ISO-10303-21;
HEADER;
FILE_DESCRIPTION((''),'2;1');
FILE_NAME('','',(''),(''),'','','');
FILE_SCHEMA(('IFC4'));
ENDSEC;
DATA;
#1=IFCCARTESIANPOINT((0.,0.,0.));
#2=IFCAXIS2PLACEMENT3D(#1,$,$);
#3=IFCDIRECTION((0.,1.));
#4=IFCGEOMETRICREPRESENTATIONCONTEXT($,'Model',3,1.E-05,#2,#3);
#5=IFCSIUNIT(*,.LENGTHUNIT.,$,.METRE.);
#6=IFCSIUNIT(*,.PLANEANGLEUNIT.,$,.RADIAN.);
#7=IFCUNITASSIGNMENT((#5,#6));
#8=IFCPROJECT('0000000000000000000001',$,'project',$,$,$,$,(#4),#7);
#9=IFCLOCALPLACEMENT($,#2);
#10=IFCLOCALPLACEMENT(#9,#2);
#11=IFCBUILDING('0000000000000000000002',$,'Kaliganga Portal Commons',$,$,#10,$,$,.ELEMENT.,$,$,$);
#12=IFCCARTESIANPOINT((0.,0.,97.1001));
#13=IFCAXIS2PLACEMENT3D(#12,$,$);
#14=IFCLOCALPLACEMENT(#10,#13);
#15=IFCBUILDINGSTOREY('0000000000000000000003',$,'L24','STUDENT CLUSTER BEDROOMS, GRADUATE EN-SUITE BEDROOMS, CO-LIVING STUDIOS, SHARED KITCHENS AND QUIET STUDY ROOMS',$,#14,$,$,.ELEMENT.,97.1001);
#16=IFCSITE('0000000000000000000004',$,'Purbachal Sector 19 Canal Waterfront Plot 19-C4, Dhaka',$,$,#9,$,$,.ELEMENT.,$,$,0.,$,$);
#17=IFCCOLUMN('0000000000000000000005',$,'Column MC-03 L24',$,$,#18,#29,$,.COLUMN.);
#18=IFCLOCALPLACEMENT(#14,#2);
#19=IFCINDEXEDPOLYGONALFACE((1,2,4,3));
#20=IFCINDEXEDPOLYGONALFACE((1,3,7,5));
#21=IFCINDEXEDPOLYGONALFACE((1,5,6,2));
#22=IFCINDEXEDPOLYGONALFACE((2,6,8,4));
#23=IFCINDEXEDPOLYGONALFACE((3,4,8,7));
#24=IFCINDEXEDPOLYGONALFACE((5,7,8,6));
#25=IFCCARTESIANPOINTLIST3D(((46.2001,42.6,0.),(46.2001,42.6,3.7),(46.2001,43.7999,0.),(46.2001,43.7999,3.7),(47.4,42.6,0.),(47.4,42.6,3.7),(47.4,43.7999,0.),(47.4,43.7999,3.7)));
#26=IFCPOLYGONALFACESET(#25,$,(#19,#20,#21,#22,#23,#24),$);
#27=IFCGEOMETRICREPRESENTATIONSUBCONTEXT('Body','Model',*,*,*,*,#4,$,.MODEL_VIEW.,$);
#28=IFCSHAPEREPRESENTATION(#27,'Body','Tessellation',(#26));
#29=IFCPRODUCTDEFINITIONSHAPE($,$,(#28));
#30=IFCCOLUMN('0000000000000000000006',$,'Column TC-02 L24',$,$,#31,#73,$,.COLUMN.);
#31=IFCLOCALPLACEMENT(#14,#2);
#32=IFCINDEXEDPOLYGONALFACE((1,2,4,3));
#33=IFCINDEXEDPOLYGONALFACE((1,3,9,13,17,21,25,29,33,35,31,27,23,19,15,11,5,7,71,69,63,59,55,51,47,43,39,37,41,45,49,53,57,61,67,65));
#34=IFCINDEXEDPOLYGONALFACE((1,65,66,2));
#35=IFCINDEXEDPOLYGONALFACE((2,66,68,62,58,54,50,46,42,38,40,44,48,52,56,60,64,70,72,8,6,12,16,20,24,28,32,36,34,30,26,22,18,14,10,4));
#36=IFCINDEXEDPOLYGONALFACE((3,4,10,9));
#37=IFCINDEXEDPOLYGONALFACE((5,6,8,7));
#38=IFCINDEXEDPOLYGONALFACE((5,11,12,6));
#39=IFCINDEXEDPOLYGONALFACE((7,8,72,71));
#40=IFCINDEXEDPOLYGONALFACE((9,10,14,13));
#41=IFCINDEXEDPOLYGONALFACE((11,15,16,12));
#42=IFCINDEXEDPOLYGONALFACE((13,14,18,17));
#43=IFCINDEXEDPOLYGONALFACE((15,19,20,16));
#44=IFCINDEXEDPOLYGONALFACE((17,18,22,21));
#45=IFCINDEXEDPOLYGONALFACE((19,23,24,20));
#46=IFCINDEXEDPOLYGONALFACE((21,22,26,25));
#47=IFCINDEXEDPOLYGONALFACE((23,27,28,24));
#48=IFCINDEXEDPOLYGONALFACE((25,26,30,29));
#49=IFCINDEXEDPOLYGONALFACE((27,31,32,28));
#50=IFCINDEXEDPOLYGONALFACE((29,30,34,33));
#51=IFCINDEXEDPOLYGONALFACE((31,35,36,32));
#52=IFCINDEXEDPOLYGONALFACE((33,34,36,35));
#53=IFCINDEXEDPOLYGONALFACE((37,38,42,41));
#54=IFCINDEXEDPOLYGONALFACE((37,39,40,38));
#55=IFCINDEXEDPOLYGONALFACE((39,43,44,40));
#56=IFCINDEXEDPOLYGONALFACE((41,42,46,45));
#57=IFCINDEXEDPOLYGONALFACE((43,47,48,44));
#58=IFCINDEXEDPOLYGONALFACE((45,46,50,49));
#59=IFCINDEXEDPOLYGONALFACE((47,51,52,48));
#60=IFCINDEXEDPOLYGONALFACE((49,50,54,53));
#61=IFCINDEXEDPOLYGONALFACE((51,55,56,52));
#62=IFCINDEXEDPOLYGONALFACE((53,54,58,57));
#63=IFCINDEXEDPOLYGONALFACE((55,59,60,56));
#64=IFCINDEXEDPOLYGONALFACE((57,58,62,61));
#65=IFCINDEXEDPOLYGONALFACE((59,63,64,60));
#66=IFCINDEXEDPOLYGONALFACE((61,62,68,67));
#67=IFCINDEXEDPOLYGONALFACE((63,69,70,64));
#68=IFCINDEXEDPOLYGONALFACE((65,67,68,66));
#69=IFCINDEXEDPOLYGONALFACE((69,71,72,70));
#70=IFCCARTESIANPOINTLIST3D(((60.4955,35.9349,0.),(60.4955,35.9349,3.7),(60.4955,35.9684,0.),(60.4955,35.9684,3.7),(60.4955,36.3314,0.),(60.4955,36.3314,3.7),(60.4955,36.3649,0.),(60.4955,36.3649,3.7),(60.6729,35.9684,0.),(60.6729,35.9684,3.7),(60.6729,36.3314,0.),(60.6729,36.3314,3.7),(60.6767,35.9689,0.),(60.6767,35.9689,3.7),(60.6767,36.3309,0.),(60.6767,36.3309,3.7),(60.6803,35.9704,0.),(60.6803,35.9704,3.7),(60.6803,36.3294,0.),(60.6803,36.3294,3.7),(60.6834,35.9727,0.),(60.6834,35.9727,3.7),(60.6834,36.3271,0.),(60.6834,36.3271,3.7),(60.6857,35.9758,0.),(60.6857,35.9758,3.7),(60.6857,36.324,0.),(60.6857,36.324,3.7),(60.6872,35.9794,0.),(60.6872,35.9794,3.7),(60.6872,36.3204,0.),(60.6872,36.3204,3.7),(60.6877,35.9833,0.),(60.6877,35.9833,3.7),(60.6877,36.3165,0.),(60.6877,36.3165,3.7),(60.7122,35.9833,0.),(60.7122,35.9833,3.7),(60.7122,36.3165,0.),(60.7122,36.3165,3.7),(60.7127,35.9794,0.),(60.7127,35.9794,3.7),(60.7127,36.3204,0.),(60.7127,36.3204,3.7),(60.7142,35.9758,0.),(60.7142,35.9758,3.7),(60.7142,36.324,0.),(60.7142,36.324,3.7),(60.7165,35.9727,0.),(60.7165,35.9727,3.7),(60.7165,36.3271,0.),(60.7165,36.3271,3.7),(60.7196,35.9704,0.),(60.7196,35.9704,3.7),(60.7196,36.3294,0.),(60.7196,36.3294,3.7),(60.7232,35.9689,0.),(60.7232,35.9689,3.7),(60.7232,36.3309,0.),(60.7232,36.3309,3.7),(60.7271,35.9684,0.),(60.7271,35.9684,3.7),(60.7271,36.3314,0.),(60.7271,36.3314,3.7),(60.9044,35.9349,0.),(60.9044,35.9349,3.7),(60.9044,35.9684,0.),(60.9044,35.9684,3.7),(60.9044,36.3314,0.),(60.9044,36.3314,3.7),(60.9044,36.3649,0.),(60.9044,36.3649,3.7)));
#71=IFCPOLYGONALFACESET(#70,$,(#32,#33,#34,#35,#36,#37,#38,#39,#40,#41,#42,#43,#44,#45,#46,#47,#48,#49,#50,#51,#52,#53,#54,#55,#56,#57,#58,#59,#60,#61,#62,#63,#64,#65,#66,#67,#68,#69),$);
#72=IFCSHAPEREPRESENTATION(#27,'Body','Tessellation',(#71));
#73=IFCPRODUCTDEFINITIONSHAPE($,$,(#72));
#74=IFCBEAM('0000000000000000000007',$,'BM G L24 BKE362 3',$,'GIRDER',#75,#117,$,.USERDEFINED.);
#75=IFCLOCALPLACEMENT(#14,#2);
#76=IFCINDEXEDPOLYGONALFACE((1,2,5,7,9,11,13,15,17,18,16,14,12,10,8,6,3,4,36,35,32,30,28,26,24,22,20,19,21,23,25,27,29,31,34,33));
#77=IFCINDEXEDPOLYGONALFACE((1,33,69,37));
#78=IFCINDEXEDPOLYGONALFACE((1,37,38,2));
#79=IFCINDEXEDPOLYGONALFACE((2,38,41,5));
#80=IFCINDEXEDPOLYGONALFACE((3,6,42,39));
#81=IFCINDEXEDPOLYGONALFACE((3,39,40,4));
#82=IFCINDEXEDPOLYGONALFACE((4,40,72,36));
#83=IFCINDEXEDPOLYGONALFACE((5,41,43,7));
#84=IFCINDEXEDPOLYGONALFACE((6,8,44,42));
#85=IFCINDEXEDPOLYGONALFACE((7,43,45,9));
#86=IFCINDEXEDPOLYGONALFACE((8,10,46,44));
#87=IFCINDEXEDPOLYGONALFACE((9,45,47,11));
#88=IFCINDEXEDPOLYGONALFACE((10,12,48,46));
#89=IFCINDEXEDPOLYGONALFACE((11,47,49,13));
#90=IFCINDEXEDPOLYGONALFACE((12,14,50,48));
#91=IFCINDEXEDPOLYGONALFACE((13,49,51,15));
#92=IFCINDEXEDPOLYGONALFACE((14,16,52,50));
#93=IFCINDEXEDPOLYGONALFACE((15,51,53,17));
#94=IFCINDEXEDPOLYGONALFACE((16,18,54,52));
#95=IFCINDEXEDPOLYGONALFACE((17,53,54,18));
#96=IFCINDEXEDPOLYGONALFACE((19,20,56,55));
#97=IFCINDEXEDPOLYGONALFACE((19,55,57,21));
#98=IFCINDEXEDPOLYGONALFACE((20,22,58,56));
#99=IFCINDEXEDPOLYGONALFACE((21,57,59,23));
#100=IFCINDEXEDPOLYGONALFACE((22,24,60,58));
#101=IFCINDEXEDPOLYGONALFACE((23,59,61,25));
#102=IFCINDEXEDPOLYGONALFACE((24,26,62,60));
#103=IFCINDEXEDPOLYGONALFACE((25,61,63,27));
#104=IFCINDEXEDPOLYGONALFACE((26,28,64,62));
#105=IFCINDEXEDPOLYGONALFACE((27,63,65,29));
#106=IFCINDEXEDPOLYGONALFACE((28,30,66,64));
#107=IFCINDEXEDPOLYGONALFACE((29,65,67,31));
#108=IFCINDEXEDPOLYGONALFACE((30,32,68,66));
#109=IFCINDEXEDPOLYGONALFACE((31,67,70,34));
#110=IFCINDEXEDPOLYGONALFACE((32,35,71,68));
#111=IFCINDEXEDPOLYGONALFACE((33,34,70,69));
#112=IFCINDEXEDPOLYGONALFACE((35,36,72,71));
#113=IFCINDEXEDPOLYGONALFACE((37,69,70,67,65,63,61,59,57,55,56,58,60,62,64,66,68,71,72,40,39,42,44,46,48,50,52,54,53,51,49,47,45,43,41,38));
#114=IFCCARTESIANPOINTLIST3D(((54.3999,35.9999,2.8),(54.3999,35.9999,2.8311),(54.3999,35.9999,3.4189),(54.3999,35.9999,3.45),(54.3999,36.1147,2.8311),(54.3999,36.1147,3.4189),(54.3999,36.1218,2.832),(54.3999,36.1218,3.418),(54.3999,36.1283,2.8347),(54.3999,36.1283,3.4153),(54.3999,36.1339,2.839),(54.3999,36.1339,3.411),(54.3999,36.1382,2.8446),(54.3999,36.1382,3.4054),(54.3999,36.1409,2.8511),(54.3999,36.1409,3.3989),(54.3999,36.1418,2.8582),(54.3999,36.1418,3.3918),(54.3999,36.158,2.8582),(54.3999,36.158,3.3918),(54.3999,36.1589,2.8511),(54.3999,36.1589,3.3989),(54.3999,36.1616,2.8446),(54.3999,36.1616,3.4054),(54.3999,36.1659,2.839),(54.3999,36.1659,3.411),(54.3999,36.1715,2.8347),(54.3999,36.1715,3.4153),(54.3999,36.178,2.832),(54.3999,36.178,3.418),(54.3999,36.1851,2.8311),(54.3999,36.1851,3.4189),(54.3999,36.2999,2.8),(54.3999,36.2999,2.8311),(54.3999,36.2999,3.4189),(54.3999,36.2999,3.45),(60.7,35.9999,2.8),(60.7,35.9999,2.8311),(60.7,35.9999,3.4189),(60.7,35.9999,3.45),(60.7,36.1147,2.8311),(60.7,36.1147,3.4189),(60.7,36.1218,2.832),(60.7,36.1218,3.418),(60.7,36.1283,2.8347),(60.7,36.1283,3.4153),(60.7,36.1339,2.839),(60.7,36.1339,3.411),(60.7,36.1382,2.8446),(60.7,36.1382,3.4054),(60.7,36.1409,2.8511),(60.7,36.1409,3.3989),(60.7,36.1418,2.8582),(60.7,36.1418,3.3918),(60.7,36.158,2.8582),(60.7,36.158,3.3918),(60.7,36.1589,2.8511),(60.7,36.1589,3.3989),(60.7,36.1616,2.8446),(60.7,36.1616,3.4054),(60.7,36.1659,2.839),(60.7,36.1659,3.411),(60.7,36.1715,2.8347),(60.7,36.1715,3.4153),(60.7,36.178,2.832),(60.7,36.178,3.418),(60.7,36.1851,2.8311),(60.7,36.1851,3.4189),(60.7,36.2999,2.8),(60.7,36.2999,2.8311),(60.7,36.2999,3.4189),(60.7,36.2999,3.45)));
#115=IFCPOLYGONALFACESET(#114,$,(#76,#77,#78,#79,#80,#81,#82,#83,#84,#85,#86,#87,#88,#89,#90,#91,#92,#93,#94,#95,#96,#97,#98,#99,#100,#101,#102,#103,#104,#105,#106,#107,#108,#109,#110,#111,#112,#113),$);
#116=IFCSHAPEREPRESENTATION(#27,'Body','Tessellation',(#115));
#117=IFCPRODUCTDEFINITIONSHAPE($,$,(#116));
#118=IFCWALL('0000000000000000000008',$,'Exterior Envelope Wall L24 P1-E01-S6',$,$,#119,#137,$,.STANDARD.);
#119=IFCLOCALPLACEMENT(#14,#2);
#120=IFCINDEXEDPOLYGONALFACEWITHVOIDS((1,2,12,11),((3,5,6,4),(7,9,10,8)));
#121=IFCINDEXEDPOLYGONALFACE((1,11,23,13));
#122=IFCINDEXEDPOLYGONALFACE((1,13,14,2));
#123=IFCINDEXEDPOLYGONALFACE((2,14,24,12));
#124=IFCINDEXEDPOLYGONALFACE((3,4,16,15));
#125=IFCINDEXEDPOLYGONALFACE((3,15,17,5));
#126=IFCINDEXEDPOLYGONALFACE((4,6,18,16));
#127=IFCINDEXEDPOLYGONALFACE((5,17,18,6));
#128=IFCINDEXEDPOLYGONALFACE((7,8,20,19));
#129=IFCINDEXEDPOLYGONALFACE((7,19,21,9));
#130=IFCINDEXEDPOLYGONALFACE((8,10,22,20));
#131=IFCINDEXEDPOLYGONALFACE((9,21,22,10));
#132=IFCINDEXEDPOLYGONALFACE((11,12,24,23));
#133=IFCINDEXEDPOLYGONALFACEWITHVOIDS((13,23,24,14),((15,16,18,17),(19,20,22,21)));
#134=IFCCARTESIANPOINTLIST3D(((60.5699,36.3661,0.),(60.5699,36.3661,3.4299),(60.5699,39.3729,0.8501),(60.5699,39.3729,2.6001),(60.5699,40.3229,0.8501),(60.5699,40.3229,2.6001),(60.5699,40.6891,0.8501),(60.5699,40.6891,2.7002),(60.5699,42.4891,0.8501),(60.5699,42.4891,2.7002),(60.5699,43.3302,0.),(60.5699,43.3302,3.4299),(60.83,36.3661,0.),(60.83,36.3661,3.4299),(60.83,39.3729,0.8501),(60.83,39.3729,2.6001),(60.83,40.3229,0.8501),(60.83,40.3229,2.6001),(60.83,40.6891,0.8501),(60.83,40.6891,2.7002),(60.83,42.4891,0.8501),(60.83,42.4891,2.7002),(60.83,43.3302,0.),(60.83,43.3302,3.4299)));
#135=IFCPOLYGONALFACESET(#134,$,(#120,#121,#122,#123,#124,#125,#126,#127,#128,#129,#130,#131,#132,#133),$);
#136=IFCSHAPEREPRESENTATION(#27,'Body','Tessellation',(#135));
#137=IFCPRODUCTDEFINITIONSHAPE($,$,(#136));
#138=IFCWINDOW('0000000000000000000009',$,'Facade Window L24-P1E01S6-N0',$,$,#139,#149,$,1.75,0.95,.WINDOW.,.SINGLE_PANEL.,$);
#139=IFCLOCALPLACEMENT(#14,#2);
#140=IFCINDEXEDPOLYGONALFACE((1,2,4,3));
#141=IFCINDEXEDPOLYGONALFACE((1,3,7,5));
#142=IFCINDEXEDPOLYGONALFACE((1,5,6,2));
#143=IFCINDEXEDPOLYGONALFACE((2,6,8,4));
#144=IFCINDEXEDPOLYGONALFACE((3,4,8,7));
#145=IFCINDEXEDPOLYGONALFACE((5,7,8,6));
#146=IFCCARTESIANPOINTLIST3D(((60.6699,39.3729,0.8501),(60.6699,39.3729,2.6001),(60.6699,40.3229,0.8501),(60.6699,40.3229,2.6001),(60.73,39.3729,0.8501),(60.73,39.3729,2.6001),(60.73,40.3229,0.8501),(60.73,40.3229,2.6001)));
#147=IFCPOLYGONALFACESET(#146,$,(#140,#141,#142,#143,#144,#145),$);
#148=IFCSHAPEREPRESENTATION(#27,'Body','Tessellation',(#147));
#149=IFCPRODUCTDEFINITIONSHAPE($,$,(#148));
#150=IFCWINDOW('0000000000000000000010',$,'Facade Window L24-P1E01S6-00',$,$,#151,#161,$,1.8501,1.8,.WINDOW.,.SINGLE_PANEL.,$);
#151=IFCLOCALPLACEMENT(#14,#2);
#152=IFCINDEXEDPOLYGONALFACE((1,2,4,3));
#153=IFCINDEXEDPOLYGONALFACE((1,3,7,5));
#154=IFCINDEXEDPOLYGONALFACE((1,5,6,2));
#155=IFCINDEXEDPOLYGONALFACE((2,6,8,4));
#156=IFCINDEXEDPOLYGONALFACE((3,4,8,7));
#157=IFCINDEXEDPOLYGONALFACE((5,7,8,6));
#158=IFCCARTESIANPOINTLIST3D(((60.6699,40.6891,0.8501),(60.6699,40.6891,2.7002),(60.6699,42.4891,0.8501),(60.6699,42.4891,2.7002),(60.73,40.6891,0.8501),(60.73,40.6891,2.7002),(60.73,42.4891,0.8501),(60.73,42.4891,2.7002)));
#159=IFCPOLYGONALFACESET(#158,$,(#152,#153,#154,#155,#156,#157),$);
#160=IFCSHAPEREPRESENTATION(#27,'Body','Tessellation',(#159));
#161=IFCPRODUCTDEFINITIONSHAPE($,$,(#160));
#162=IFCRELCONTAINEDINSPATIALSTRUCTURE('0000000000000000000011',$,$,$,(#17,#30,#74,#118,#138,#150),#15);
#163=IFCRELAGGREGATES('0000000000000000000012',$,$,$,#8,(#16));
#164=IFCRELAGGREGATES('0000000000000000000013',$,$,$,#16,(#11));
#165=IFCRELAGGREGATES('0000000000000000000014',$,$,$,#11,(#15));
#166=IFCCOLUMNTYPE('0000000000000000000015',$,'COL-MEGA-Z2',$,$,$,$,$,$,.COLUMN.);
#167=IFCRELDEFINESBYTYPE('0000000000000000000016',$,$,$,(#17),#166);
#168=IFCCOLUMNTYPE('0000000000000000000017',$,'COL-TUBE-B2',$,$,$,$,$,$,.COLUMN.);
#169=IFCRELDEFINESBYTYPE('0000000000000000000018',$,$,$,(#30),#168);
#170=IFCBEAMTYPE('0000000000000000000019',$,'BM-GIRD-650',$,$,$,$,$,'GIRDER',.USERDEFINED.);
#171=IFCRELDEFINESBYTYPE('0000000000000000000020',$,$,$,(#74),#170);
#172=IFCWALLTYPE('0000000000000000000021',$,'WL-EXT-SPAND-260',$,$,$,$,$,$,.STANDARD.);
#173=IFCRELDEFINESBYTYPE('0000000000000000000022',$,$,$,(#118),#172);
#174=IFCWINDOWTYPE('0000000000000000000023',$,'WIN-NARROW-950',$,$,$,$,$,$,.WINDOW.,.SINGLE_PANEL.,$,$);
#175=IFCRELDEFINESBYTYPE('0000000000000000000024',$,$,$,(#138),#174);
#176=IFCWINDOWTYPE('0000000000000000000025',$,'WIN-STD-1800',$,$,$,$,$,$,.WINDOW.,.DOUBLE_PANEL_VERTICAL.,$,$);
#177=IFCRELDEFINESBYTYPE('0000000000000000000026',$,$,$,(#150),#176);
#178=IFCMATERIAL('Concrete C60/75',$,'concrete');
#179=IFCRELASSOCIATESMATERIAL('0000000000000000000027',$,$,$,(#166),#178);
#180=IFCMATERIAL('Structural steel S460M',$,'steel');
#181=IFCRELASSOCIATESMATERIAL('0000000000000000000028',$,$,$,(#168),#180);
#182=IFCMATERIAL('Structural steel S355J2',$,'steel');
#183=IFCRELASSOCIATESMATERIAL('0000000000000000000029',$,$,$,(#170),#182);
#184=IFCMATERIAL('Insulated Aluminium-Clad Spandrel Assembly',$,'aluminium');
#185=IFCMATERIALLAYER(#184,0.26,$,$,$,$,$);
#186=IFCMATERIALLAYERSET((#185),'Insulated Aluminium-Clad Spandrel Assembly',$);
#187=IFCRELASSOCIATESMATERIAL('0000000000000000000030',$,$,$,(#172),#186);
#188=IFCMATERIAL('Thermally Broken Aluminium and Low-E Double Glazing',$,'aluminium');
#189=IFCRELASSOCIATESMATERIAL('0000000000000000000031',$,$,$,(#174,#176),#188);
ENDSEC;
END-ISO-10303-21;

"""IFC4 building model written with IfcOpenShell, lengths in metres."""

from ifc_helpers import new_model, si_unit, direction, frame, frame_2d, origin, origin_2d, place, context, subcontext, project, spatial, rectangle, i_section, extrude, source, transform, mapped, material, layer, layer_set, material_profile, profile_set, type_object, element, fill, save


model = new_model("IFC4")

# Units and contexts
model_context = context("Model", 3, precision=1e-05, world=origin(), true_north=direction((0.0, 1.0)))
body_context = subcontext(model_context, "Body", "Model", "MODEL_VIEW")
ifc_project = project(units=[si_unit("LENGTHUNIT", "METRE"), si_unit("PLANEANGLEUNIT", "RADIAN")], contexts=[model_context])

# Site, building, storey
site_placement = place(None, origin())
site = spatial("IfcSite", under=ifc_project, at=site_placement, Name="Purbachal Sector 19 Canal Waterfront Plot 19-C4, Dhaka", CompositionType="ELEMENT", RefElevation=0.0)
building_placement = place(site_placement, origin())
building = spatial("IfcBuilding", under=site, at=building_placement, Name="Kaliganga Portal Commons", CompositionType="ELEMENT")
storey_placement = place(building_placement, frame((0.0, 0.0, 97.1001)))
storey = spatial("IfcBuildingStorey", under=building, at=storey_placement, Name="L24", Description="STUDENT CLUSTER BEDROOMS, GRADUATE EN-SUITE BEDROOMS, CO-LIVING STUDIOS, SHARED KITCHENS AND QUIET STUDY ROOMS", CompositionType="ELEMENT", Elevation=97.1001)

# Columns
ifc_material_1 = material(Name="Concrete C60/75", Category="concrete")
ifc_material_profile_1 = material_profile(ifc_material_1, rectangle(XDim=1.2, YDim=1.2, at=origin_2d()), Name="RC 1200x1200")
ifc_profile_set_1 = profile_set([ifc_material_profile_1], Name="Concrete C60/75")
column_type_1 = type_object("IfcColumnType", Name="COL-MEGA-Z2", PredefinedType="COLUMN", material=ifc_profile_set_1)
shared_shape_1 = source(origin(), body_context, "Body", "SweptSolid", [
    extrude(rectangle(XDim=1.2, YDim=1.2, at=origin_2d()), origin(), (0.0, 0.0, 1.0), 3.7),
])
column_1_placement = place(storey_placement, frame((46.8, 43.2, 0.0), z_axis=(0.0, 0.0, 1.0), x_axis=(1.0, 0.0, 0.0)))
element("IfcColumn", 1, at=column_1_placement, inside=storey, type_object=column_type_1, Name="Column MC-03 L24", PredefinedType="COLUMN", context=body_context, shape_type="MappedRepresentation", body=[
    mapped(shared_shape_1, transform((0.0, 0.0, 0.0), x_axis=(1.0, 0.0, 0.0), y_axis=(0.0, 1.0, 0.0), z_axis=(0.0, 0.0, 1.0), scale=1.0)),
])
ifc_material_2 = material(Name="Structural steel S460M", Category="steel")
ifc_material_profile_2 = material_profile(ifc_material_2, i_section(OverallWidth=0.4089, OverallDepth=0.4299, WebThickness=0.0244, FlangeThickness=0.0334, FilletRadius=0.0149, at=origin_2d()), Name="HD 400x421")
ifc_profile_set_2 = profile_set([ifc_material_profile_2], Name="Structural steel S460M wide-flange")
column_type_2 = type_object("IfcColumnType", Name="COL-TUBE-B2", PredefinedType="COLUMN", material=ifc_profile_set_2)
shared_shape_2 = source(origin(), body_context, "Body", "SweptSolid", [
    extrude(i_section(OverallWidth=0.4089, OverallDepth=0.4299, WebThickness=0.0244, FlangeThickness=0.0334, FilletRadius=0.0149, at=origin_2d()), origin(), (0.0, 0.0, 1.0), 3.7),
])
column_2_placement = place(storey_placement, frame((60.7, 36.1499, 0.0), z_axis=(0.0, 0.0, 1.0), x_axis=(1.0, 0.0, 0.0)))
element("IfcColumn", 2, at=column_2_placement, inside=storey, type_object=column_type_2, Name="Column TC-02 L24", PredefinedType="COLUMN", context=body_context, shape_type="MappedRepresentation", body=[
    mapped(shared_shape_2, transform((0.0, 0.0, 0.0), x_axis=(1.0, 0.0, 0.0), y_axis=(0.0, 1.0, 0.0), z_axis=(0.0, 0.0, 1.0), scale=1.0)),
])

# Beam
ifc_material_3 = material(Name="Structural steel S355J2", Category="steel")
ifc_material_profile_3 = material_profile(ifc_material_3, i_section(OverallWidth=0.3, OverallDepth=0.6499, WebThickness=0.0161, FlangeThickness=0.031, FilletRadius=0.0271, at=origin_2d()), Name="HE 650 B")
ifc_profile_set_3 = profile_set([ifc_material_profile_3], Name="Structural steel S355J2 wide-flange")
beam_type = type_object("IfcBeamType", Name="BM-GIRD-650", ElementType="GIRDER", PredefinedType="USERDEFINED", material=ifc_profile_set_3)
shared_shape_3 = source(origin(), body_context, "Body", "SweptSolid", [
    extrude(i_section(OverallWidth=0.3, OverallDepth=0.6499, WebThickness=0.0161, FlangeThickness=0.031, FilletRadius=0.0271, at=origin_2d()), origin(), (0.0, 0.0, 1.0), 6.3),
])
beam_placement = place(storey_placement, frame((54.3999, 36.1499, 3.125), z_axis=(1.0, 0.0, 0.0), x_axis=(0.0, 1.0, 0.0)))
element("IfcBeam", 3, at=beam_placement, inside=storey, type_object=beam_type, Name="BM G L24 BKE362 3", ObjectType="GIRDER", PredefinedType="USERDEFINED", context=body_context, shape_type="MappedRepresentation", body=[
    mapped(shared_shape_3, transform((0.0, 0.0, 0.0), x_axis=(1.0, 0.0, 0.0), y_axis=(0.0, 1.0, 0.0), z_axis=(0.0, 0.0, 1.0), scale=1.0)),
])

# Wall, openings, windows
ifc_material_4 = material(Name="Insulated Aluminium-Clad Spandrel Assembly", Category="aluminium")
ifc_layer_1 = layer(ifc_material_4, 0.26)
ifc_layer_set_1 = layer_set([ifc_layer_1], Name="Insulated Aluminium-Clad Spandrel Assembly")
wall_type_1 = type_object("IfcWallType", Name="WL-EXT-SPAND-260", PredefinedType="STANDARD", material=ifc_layer_set_1)
wall_1_placement = place(storey_placement, frame((60.7, 43.3301, 0.0), z_axis=(0.0, 0.0, 1.0), x_axis=(0.0, -1.0, 0.0)))
wall_1 = element("IfcWall", 4, at=wall_1_placement, inside=storey, type_object=wall_type_1, Name="Exterior Envelope Wall L24 P1-E01-S6", PredefinedType="STANDARD", context=body_context, shape_type="SweptSolid", body=[
    extrude(rectangle(XDim=6.9641, YDim=0.26, at=frame_2d((3.4819, 0.0))), origin(), (0.0, 0.0, 1.0), 3.4299),
])
opening_1_placement = place(wall_1_placement, frame((0.8411, 0.0, 0.8501)))
opening_1 = element("IfcOpeningElement", 5, at=opening_1_placement, cuts=wall_1, PredefinedType="OPENING", context=body_context, shape_type="SweptSolid", body=[
    extrude(rectangle(XDim=1.8, YDim=1.8501, at=frame_2d((0.8999, 0.925))), frame((0.0, 0.1401, 0.0), z_axis=(0.0, -1.0, 0.0), x_axis=(1.0, 0.0, 0.0)), (0.0, 0.0, 1.0), 0.28),
])
opening_2_placement = place(wall_1_placement, frame((3.0071, 0.0, 0.8501)))
opening_2 = element("IfcOpeningElement", 6, at=opening_2_placement, cuts=wall_1, PredefinedType="OPENING", context=body_context, shape_type="SweptSolid", body=[
    extrude(rectangle(XDim=0.95, YDim=1.75, at=frame_2d((0.4751, 0.875))), frame((0.0, 0.1401, 0.0), z_axis=(0.0, -1.0, 0.0), x_axis=(1.0, 0.0, 0.0)), (0.0, 0.0, 1.0), 0.28),
])
ifc_material_5 = material(Name="Thermally Broken Aluminium and Low-E Double Glazing", Category="aluminium")
window_type_1 = type_object("IfcWindowType", Name="WIN-NARROW-950", PartitioningType="SINGLE_PANEL", PredefinedType="WINDOW", material=ifc_material_5)
window_1_placement = place(opening_2_placement, origin())
window_1 = element("IfcWindow", 7, at=window_1_placement, inside=storey, type_object=window_type_1, Name="Facade Window L24-P1E01S6-N0", OverallHeight=1.75, OverallWidth=0.95, PartitioningType="SINGLE_PANEL", PredefinedType="WINDOW", context=body_context, shape_type="SweptSolid", body=[
    extrude(rectangle(XDim=0.95, YDim=1.75, at=frame_2d((0.4751, 0.875))), frame((0.0, 0.03, 0.0), z_axis=(0.0, -1.0, 0.0), x_axis=(1.0, 0.0, 0.0)), (0.0, 0.0, 1.0), 0.0601),
])
fill(opening_2, window_1)
window_type_2 = type_object("IfcWindowType", Name="WIN-STD-1800", PartitioningType="DOUBLE_PANEL_VERTICAL", PredefinedType="WINDOW", material=ifc_material_5)
window_2_placement = place(opening_1_placement, origin())
window_2 = element("IfcWindow", 8, at=window_2_placement, inside=storey, type_object=window_type_2, Name="Facade Window L24-P1E01S6-00", OverallHeight=1.8501, OverallWidth=1.8, PartitioningType="SINGLE_PANEL", PredefinedType="WINDOW", context=body_context, shape_type="SweptSolid", body=[
    extrude(rectangle(XDim=1.8, YDim=1.8501, at=frame_2d((0.8999, 0.925))), frame((0.0, 0.03, 0.0), z_axis=(0.0, -1.0, 0.0), x_axis=(1.0, 0.0, 0.0)), (0.0, 0.0, 1.0), 0.0601),
])
fill(opening_1, window_2)

save(model, "model.ifc")
